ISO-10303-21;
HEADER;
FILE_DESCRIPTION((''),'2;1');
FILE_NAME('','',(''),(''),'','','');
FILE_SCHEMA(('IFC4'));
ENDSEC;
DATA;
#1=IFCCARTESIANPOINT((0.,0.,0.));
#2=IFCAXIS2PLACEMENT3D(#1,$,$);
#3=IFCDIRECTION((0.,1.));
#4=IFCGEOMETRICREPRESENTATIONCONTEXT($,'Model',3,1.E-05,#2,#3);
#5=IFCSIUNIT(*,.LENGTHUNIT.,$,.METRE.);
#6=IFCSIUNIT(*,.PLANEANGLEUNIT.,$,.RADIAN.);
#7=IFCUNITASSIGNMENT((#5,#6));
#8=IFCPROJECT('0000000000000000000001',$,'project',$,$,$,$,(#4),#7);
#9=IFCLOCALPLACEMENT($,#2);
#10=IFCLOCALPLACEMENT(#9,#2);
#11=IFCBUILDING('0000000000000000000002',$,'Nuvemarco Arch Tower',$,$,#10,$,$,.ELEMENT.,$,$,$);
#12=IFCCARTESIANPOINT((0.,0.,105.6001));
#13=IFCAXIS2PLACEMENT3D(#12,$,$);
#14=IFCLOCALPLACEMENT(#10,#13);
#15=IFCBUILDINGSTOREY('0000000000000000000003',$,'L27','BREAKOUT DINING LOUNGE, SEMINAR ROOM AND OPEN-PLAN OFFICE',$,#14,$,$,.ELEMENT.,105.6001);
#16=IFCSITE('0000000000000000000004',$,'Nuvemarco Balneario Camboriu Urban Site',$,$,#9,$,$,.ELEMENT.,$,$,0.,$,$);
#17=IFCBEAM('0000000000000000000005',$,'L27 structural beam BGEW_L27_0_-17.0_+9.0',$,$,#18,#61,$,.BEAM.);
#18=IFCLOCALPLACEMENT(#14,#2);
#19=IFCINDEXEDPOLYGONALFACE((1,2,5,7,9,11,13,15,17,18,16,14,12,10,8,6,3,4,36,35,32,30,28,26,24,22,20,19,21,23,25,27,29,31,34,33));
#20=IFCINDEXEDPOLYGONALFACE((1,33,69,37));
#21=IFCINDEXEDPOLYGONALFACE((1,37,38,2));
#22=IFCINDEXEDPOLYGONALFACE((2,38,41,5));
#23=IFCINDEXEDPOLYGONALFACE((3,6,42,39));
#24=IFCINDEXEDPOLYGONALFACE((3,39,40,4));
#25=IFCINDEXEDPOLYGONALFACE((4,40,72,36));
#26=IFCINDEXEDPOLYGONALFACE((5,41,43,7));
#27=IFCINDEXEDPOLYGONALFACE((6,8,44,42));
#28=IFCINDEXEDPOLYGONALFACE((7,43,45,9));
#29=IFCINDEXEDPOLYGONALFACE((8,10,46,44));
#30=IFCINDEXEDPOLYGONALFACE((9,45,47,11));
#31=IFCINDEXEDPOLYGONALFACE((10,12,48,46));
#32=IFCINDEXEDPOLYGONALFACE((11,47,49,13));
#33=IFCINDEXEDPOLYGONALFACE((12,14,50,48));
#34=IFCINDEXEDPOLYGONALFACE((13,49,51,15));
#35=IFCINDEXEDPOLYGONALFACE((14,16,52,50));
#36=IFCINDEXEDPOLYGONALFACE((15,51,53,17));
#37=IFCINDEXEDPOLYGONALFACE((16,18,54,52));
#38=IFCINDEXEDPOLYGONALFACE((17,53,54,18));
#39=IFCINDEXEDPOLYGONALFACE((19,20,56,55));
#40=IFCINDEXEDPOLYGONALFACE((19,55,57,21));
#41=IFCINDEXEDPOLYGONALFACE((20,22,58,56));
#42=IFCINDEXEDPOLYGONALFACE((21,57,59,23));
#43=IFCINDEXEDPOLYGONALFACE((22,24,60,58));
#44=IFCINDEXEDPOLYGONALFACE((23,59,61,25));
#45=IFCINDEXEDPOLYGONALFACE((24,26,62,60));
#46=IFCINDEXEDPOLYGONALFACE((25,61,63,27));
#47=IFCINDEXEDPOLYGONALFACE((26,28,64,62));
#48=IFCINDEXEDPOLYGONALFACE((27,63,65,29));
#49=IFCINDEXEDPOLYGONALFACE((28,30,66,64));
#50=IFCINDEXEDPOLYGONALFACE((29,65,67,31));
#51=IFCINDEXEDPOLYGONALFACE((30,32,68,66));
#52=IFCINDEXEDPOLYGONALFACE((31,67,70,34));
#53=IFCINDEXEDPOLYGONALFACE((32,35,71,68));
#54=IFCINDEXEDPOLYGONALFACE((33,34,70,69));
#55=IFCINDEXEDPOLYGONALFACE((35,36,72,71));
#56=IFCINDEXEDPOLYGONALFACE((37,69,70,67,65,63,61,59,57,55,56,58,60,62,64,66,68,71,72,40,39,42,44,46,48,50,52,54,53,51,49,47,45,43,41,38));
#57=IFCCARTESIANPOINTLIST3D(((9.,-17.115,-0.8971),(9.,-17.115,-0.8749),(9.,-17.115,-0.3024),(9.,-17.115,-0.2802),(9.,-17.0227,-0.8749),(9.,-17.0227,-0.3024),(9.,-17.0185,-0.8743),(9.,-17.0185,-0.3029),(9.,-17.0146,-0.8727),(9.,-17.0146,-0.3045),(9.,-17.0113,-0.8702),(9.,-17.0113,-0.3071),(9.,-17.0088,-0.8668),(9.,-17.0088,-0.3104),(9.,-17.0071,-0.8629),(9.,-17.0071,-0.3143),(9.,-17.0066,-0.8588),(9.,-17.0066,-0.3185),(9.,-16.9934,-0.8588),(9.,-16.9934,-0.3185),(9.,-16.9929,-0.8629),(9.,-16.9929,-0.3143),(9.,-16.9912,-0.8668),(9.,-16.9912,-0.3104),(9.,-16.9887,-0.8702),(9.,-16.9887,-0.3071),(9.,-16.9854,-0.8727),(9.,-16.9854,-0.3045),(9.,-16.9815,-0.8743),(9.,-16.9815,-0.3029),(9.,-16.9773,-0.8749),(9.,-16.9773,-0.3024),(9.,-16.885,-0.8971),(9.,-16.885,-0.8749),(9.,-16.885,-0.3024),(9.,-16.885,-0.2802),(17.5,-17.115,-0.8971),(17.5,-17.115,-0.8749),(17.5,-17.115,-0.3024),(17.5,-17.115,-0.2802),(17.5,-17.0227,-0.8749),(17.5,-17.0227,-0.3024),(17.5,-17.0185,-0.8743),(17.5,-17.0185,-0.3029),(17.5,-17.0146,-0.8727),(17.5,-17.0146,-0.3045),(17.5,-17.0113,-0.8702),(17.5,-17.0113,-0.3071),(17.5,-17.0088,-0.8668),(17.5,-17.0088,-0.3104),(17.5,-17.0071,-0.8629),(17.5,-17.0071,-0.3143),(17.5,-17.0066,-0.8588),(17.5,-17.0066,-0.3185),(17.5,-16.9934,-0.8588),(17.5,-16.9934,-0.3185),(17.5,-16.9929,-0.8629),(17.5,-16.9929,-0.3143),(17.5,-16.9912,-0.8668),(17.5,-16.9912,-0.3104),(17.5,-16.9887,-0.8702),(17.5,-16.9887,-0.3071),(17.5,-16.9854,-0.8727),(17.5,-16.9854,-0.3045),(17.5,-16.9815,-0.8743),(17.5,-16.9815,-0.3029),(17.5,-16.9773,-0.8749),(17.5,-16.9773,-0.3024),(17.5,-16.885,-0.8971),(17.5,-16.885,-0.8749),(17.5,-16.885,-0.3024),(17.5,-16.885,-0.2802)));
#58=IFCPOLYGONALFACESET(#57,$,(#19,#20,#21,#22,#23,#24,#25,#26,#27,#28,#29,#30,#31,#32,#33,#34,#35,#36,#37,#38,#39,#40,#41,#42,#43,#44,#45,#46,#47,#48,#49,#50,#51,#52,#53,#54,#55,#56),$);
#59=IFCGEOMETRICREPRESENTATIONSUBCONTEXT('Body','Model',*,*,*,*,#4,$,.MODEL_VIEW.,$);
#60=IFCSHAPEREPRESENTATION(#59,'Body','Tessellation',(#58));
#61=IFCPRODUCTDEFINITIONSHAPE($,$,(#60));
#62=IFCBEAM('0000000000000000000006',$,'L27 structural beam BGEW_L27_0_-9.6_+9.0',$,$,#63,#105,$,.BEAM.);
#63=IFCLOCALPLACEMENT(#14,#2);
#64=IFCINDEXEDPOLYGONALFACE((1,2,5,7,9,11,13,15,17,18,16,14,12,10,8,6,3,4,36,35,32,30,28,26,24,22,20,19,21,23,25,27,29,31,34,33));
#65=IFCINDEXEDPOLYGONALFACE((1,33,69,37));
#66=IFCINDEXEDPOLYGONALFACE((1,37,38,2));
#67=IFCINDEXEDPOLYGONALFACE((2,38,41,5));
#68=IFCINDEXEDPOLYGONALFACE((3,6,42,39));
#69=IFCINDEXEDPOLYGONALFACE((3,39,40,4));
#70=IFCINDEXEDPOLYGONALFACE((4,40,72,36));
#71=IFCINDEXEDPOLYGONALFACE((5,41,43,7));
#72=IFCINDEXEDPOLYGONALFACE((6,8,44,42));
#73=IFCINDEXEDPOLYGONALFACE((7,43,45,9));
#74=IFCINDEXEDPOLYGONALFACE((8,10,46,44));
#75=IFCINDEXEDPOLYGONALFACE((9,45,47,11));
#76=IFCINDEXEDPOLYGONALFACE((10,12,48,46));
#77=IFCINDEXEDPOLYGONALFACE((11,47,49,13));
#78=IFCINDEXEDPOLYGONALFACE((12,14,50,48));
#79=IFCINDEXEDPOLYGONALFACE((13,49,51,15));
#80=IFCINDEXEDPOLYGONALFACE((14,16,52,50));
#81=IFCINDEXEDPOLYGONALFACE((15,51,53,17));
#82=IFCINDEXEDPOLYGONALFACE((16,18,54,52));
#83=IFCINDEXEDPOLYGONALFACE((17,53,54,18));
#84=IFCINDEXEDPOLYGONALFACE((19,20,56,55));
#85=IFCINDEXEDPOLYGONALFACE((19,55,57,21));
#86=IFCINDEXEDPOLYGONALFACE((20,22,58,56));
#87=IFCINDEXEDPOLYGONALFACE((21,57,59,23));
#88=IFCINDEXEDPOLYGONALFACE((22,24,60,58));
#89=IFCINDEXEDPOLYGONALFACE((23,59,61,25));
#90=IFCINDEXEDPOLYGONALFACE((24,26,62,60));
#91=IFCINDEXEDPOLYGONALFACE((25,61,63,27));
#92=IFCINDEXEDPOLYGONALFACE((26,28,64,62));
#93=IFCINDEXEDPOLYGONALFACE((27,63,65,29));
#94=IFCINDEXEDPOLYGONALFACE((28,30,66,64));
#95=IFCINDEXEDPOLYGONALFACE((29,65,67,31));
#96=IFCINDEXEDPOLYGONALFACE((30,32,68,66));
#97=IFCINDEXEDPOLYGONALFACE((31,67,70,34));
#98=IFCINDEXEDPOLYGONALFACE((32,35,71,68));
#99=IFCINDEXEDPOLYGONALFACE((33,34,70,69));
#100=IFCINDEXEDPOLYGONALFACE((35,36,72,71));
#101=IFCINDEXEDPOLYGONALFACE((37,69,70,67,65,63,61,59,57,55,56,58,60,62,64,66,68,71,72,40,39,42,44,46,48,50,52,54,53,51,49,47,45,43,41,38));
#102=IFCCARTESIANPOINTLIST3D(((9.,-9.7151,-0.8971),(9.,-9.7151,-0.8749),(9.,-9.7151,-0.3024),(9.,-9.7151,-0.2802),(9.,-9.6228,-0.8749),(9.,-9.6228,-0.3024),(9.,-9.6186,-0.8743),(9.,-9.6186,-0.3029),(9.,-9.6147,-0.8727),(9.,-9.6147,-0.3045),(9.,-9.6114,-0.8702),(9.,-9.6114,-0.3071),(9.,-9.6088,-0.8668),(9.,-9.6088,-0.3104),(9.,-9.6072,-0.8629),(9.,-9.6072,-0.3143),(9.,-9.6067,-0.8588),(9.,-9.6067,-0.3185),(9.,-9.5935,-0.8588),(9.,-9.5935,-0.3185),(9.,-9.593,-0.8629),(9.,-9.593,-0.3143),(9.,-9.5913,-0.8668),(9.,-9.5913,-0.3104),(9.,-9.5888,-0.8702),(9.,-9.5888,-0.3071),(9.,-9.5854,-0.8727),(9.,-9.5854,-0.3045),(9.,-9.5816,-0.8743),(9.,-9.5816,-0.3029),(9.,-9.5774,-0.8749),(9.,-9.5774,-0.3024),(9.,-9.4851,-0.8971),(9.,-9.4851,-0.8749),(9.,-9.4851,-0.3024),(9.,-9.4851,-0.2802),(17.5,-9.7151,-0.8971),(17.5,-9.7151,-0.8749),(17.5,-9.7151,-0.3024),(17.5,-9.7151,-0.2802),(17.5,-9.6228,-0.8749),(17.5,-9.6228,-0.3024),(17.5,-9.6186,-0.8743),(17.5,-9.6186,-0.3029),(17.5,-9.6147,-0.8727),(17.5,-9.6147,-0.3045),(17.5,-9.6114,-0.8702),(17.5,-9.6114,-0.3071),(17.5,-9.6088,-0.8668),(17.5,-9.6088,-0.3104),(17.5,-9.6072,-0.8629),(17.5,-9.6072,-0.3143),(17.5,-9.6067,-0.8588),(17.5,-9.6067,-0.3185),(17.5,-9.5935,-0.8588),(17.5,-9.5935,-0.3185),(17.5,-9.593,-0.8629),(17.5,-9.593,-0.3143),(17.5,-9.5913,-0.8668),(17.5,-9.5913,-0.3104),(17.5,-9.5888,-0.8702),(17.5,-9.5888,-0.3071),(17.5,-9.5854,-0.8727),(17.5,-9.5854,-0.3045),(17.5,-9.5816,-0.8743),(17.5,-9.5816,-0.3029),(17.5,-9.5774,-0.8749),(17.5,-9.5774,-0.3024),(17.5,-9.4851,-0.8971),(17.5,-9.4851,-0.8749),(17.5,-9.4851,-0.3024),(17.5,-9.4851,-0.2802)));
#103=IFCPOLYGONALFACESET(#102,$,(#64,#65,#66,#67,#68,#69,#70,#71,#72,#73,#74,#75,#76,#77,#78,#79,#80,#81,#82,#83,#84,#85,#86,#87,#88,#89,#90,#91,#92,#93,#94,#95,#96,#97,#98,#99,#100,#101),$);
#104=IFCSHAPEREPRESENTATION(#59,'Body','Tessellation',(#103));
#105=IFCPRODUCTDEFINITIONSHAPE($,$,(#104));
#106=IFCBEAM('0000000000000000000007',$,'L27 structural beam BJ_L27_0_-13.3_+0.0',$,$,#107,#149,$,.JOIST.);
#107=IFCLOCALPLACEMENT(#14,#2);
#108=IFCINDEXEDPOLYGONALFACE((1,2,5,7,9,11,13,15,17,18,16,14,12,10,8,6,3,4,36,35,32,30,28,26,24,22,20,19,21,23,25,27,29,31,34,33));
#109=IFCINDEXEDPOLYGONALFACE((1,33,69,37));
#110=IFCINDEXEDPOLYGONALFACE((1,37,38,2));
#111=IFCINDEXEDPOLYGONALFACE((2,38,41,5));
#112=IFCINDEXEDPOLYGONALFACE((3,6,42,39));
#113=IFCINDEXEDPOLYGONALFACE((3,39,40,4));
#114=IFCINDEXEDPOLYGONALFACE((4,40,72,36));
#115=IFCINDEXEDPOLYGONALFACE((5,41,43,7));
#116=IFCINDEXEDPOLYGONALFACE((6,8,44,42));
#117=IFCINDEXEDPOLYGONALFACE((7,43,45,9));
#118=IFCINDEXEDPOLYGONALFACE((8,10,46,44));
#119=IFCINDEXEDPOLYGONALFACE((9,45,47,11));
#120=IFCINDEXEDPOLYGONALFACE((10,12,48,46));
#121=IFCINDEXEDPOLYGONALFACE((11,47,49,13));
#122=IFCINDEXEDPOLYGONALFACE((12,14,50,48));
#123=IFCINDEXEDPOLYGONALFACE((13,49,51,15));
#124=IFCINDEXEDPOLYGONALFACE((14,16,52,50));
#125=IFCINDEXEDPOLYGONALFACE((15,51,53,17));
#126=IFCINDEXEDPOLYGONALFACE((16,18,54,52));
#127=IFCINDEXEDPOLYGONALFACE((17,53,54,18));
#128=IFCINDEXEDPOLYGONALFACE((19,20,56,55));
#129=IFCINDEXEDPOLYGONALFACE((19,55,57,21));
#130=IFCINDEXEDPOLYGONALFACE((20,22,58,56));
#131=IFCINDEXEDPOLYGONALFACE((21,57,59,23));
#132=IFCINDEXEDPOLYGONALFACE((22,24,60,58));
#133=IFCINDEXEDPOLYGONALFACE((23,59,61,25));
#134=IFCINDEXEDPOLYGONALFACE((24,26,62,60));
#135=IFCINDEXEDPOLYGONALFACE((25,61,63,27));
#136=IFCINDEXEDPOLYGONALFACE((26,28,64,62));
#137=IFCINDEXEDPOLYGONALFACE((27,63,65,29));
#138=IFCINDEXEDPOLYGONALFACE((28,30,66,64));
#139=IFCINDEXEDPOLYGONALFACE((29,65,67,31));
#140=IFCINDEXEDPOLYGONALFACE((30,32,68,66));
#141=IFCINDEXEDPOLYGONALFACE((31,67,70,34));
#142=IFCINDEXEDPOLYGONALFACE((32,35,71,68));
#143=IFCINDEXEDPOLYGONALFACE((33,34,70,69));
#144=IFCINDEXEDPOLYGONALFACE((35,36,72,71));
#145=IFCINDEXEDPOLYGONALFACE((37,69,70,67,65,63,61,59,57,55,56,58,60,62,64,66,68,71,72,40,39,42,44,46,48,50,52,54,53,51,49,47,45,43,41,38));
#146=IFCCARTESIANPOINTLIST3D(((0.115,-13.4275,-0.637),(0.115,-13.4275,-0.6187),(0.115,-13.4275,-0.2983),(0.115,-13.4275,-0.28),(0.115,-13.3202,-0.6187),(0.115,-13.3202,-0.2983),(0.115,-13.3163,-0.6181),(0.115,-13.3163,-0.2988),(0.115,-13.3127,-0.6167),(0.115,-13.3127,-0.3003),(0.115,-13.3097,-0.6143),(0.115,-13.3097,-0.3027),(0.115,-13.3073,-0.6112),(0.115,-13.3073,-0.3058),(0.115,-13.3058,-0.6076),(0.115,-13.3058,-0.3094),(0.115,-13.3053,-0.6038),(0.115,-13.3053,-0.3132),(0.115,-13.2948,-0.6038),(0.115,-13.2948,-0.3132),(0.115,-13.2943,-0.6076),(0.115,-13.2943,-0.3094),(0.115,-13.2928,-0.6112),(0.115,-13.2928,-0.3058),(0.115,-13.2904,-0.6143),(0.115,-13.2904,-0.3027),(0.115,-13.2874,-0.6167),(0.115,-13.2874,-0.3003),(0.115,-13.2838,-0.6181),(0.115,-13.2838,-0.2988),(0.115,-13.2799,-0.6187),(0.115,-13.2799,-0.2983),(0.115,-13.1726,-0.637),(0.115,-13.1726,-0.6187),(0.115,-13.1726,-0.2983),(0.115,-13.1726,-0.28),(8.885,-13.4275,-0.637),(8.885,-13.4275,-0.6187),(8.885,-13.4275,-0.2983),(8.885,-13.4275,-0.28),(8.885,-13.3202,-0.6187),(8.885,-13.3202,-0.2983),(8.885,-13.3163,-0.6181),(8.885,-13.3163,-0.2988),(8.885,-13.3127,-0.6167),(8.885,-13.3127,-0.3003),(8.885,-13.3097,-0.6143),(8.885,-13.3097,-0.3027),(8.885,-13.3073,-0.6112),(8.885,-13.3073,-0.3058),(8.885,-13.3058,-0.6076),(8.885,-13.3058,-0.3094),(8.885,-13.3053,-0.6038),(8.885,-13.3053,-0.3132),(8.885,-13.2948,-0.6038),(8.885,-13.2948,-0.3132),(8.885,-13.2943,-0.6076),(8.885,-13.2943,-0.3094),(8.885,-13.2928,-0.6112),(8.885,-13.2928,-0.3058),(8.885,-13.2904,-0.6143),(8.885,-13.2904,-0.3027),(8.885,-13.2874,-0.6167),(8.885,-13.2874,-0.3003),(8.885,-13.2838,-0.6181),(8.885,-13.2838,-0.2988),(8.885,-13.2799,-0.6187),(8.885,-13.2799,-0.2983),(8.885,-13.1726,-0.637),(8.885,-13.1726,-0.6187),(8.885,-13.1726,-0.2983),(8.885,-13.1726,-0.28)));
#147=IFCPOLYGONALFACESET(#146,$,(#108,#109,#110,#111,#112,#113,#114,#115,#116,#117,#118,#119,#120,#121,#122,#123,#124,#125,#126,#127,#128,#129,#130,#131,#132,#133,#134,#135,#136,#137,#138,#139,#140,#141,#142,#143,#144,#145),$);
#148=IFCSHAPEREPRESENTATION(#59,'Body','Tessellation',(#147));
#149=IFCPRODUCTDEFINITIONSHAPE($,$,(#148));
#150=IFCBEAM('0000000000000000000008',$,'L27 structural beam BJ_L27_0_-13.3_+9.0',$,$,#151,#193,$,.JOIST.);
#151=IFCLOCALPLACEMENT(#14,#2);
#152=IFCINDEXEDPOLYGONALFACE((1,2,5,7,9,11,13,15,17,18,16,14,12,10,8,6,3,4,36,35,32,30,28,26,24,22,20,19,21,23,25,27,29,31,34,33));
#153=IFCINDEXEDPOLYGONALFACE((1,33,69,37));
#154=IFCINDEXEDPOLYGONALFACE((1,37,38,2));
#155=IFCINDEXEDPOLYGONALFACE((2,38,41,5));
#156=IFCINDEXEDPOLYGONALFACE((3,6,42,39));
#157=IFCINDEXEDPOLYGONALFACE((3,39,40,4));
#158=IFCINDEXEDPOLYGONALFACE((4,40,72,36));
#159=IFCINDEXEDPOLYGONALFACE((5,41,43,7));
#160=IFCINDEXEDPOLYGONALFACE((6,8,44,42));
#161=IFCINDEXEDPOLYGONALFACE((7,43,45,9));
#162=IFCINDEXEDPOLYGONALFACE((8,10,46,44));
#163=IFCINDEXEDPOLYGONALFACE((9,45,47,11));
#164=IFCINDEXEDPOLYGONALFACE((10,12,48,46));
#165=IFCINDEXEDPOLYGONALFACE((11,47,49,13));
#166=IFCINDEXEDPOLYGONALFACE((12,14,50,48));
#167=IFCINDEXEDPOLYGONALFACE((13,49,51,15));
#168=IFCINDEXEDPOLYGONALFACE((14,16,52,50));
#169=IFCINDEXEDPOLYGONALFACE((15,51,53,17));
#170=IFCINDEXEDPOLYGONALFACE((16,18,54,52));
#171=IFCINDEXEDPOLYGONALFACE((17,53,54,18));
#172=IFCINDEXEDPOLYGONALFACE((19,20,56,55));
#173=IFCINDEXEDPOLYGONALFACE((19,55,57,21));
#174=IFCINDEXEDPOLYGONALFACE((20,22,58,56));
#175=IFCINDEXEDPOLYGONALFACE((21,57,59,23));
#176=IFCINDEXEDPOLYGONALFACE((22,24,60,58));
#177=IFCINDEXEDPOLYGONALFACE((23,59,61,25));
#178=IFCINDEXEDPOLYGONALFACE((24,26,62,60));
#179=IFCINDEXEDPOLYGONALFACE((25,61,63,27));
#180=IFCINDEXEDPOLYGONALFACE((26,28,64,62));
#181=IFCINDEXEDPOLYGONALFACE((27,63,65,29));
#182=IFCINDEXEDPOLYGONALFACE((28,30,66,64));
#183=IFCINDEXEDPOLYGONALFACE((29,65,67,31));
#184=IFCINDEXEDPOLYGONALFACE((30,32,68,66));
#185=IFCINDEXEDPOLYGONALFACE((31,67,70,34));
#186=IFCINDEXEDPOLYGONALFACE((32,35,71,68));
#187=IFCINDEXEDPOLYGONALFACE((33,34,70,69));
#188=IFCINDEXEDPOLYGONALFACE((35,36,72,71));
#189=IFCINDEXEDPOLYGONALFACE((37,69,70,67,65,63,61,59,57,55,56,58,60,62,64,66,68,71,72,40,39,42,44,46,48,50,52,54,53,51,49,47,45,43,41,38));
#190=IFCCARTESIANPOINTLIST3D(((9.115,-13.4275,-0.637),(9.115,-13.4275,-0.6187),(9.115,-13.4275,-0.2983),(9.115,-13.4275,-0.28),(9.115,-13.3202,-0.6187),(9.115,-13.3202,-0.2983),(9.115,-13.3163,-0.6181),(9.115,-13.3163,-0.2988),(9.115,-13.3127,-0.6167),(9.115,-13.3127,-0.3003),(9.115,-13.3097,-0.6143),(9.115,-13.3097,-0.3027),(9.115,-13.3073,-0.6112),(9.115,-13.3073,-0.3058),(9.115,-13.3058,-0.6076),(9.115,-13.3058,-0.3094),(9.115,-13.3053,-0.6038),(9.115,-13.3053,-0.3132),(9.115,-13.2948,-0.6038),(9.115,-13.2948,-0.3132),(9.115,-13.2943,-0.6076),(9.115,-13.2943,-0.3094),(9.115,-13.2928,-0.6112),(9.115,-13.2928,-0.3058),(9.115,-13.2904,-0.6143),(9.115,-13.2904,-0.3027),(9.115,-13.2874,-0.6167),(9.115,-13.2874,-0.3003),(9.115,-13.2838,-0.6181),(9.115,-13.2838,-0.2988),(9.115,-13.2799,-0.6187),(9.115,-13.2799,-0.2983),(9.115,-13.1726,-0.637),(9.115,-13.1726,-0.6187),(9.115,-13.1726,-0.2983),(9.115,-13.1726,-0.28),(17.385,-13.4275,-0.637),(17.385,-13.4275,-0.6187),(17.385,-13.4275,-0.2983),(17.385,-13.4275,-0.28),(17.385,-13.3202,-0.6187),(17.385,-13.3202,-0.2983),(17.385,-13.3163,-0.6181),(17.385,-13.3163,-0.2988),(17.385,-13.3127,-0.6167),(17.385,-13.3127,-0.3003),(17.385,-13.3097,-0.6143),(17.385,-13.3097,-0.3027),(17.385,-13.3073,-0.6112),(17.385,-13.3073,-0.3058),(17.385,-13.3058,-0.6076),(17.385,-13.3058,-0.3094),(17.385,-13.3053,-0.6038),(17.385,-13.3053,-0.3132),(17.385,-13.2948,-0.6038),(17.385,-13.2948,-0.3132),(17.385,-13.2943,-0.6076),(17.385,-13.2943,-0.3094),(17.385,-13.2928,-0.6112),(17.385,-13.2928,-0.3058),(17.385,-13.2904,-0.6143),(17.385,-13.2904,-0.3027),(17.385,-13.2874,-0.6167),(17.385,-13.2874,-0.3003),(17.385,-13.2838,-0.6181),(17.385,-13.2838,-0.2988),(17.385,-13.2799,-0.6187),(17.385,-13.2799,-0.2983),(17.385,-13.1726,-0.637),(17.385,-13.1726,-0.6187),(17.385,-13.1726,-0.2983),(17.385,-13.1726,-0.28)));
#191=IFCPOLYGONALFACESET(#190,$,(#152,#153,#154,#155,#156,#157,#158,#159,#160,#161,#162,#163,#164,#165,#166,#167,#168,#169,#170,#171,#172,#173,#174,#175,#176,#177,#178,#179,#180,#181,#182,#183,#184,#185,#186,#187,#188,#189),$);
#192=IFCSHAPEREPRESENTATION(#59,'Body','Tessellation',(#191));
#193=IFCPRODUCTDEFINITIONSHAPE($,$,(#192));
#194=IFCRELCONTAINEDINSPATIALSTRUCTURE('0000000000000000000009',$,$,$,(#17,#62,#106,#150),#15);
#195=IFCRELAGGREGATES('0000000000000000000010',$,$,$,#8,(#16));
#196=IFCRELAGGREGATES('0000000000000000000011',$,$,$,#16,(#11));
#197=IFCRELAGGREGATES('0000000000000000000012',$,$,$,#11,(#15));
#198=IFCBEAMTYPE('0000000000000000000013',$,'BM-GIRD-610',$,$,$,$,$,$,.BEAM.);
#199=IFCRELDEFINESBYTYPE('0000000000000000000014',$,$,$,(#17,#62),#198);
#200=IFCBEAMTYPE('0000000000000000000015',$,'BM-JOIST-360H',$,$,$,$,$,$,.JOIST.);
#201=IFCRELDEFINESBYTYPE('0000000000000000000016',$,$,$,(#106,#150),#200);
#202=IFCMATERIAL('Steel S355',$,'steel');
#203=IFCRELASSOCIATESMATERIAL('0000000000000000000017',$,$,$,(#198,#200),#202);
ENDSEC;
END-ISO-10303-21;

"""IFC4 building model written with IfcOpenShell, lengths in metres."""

from ifc_helpers import new_model, si_unit, direction, frame, origin, origin_2d, place, context, subcontext, project, spatial, i_section, extrude, material, material_profile, profile_set, type_object, element, save


model = new_model("IFC4")

# Units and contexts
model_context = context("Model", 3, precision=1e-05, world=origin(), true_north=direction((0.0, 1.0)))
body_context = subcontext(model_context, "Body", "Model", "MODEL_VIEW")
ifc_project = project(units=[si_unit("LENGTHUNIT", "METRE"), si_unit("PLANEANGLEUNIT", "RADIAN")], contexts=[model_context])

# Site, building, storey
site_placement = place(None, origin())
site = spatial("IfcSite", under=ifc_project, at=site_placement, Name="Nuvemarco Balneario Camboriu Urban Site", CompositionType="ELEMENT", RefElevation=0.0)
building_placement = place(site_placement, origin())
building = spatial("IfcBuilding", under=site, at=building_placement, Name="Nuvemarco Arch Tower", CompositionType="ELEMENT")
storey_placement = place(building_placement, frame((0.0, 0.0, 105.6001)))
storey = spatial("IfcBuildingStorey", under=building, at=storey_placement, Name="L27", Description="BREAKOUT DINING LOUNGE, SEMINAR ROOM AND OPEN-PLAN OFFICE", CompositionType="ELEMENT", Elevation=105.6001)

# Shared definitions
ifc_material_1 = material(Name="Steel S355", Category="steel")

# Beams
ifc_material_profile_1 = material_profile(ifc_material_1, i_section(OverallWidth=0.23, OverallDepth=0.6169, WebThickness=0.0132, FlangeThickness=0.0222, FilletRadius=0.0161, at=origin_2d()), Name="W610x140")
ifc_profile_set_1 = profile_set([ifc_material_profile_1], Name="Steel S355")
beam_type_1 = type_object("IfcBeamType", Name="BM-GIRD-610", PredefinedType="BEAM", material=ifc_profile_set_1)
for number, where, z_axis, x_axis, name in (
    (1, (9.0, -17.0, -0.5886), (1.0, 0.0, 0.0), (0.0, 1.0, 0.0), "L27 structural beam BGEW_L27_0_-17.0_+9.0"),
    (2, (9.0, -9.6001, -0.5886), (1.0, 0.0, 0.0), (0.0, 1.0, 0.0), "L27 structural beam BGEW_L27_0_-9.6_+9.0"),
):
    element("IfcBeam", number, at=place(storey_placement, frame(where, z_axis=z_axis, x_axis=x_axis)), inside=storey, type_object=beam_type_1, Name=name, PredefinedType="BEAM", context=body_context, shape_type="SweptSolid", body=[
        extrude(i_section(OverallWidth=0.23, OverallDepth=0.6169, WebThickness=0.0132, FlangeThickness=0.0222, FilletRadius=0.0161, at=origin_2d()), origin(), (0.0, 0.0, 1.0), 8.5),
    ])
ifc_material_profile_2 = material_profile(ifc_material_1, i_section(OverallWidth=0.2549, OverallDepth=0.3569, WebThickness=0.0105, FlangeThickness=0.0183, FilletRadius=0.0149, at=origin_2d()), Name="W360x101")
ifc_profile_set_2 = profile_set([ifc_material_profile_2], Name="Steel S355")
beam_type_2 = type_object("IfcBeamType", Name="BM-JOIST-360H", PredefinedType="JOIST", material=ifc_profile_set_2)
beam_1_placement = place(storey_placement, frame((0.115, -13.3, -0.4585), z_axis=(1.0, 0.0, 0.0), x_axis=(0.0, 1.0, 0.0)))
element("IfcBeam", 3, at=beam_1_placement, inside=storey, type_object=beam_type_2, Name="L27 structural beam BJ_L27_0_-13.3_+0.0", PredefinedType="JOIST", context=body_context, shape_type="SweptSolid", body=[
    extrude(i_section(OverallWidth=0.2549, OverallDepth=0.3569, WebThickness=0.0105, FlangeThickness=0.0183, FilletRadius=0.0149, at=origin_2d()), origin(), (0.0, 0.0, 1.0), 8.77),
])
beam_2_placement = place(storey_placement, frame((9.115, -13.3, -0.4585), z_axis=(1.0, 0.0, 0.0), x_axis=(0.0, 1.0, 0.0)))
element("IfcBeam", 4, at=beam_2_placement, inside=storey, type_object=beam_type_2, Name="L27 structural beam BJ_L27_0_-13.3_+9.0", PredefinedType="JOIST", context=body_context, shape_type="SweptSolid", body=[
    extrude(i_section(OverallWidth=0.2549, OverallDepth=0.3569, WebThickness=0.0105, FlangeThickness=0.0183, FilletRadius=0.0149, at=origin_2d()), origin(), (0.0, 0.0, 1.0), 8.27),
])

save(model, "model.ifc")
